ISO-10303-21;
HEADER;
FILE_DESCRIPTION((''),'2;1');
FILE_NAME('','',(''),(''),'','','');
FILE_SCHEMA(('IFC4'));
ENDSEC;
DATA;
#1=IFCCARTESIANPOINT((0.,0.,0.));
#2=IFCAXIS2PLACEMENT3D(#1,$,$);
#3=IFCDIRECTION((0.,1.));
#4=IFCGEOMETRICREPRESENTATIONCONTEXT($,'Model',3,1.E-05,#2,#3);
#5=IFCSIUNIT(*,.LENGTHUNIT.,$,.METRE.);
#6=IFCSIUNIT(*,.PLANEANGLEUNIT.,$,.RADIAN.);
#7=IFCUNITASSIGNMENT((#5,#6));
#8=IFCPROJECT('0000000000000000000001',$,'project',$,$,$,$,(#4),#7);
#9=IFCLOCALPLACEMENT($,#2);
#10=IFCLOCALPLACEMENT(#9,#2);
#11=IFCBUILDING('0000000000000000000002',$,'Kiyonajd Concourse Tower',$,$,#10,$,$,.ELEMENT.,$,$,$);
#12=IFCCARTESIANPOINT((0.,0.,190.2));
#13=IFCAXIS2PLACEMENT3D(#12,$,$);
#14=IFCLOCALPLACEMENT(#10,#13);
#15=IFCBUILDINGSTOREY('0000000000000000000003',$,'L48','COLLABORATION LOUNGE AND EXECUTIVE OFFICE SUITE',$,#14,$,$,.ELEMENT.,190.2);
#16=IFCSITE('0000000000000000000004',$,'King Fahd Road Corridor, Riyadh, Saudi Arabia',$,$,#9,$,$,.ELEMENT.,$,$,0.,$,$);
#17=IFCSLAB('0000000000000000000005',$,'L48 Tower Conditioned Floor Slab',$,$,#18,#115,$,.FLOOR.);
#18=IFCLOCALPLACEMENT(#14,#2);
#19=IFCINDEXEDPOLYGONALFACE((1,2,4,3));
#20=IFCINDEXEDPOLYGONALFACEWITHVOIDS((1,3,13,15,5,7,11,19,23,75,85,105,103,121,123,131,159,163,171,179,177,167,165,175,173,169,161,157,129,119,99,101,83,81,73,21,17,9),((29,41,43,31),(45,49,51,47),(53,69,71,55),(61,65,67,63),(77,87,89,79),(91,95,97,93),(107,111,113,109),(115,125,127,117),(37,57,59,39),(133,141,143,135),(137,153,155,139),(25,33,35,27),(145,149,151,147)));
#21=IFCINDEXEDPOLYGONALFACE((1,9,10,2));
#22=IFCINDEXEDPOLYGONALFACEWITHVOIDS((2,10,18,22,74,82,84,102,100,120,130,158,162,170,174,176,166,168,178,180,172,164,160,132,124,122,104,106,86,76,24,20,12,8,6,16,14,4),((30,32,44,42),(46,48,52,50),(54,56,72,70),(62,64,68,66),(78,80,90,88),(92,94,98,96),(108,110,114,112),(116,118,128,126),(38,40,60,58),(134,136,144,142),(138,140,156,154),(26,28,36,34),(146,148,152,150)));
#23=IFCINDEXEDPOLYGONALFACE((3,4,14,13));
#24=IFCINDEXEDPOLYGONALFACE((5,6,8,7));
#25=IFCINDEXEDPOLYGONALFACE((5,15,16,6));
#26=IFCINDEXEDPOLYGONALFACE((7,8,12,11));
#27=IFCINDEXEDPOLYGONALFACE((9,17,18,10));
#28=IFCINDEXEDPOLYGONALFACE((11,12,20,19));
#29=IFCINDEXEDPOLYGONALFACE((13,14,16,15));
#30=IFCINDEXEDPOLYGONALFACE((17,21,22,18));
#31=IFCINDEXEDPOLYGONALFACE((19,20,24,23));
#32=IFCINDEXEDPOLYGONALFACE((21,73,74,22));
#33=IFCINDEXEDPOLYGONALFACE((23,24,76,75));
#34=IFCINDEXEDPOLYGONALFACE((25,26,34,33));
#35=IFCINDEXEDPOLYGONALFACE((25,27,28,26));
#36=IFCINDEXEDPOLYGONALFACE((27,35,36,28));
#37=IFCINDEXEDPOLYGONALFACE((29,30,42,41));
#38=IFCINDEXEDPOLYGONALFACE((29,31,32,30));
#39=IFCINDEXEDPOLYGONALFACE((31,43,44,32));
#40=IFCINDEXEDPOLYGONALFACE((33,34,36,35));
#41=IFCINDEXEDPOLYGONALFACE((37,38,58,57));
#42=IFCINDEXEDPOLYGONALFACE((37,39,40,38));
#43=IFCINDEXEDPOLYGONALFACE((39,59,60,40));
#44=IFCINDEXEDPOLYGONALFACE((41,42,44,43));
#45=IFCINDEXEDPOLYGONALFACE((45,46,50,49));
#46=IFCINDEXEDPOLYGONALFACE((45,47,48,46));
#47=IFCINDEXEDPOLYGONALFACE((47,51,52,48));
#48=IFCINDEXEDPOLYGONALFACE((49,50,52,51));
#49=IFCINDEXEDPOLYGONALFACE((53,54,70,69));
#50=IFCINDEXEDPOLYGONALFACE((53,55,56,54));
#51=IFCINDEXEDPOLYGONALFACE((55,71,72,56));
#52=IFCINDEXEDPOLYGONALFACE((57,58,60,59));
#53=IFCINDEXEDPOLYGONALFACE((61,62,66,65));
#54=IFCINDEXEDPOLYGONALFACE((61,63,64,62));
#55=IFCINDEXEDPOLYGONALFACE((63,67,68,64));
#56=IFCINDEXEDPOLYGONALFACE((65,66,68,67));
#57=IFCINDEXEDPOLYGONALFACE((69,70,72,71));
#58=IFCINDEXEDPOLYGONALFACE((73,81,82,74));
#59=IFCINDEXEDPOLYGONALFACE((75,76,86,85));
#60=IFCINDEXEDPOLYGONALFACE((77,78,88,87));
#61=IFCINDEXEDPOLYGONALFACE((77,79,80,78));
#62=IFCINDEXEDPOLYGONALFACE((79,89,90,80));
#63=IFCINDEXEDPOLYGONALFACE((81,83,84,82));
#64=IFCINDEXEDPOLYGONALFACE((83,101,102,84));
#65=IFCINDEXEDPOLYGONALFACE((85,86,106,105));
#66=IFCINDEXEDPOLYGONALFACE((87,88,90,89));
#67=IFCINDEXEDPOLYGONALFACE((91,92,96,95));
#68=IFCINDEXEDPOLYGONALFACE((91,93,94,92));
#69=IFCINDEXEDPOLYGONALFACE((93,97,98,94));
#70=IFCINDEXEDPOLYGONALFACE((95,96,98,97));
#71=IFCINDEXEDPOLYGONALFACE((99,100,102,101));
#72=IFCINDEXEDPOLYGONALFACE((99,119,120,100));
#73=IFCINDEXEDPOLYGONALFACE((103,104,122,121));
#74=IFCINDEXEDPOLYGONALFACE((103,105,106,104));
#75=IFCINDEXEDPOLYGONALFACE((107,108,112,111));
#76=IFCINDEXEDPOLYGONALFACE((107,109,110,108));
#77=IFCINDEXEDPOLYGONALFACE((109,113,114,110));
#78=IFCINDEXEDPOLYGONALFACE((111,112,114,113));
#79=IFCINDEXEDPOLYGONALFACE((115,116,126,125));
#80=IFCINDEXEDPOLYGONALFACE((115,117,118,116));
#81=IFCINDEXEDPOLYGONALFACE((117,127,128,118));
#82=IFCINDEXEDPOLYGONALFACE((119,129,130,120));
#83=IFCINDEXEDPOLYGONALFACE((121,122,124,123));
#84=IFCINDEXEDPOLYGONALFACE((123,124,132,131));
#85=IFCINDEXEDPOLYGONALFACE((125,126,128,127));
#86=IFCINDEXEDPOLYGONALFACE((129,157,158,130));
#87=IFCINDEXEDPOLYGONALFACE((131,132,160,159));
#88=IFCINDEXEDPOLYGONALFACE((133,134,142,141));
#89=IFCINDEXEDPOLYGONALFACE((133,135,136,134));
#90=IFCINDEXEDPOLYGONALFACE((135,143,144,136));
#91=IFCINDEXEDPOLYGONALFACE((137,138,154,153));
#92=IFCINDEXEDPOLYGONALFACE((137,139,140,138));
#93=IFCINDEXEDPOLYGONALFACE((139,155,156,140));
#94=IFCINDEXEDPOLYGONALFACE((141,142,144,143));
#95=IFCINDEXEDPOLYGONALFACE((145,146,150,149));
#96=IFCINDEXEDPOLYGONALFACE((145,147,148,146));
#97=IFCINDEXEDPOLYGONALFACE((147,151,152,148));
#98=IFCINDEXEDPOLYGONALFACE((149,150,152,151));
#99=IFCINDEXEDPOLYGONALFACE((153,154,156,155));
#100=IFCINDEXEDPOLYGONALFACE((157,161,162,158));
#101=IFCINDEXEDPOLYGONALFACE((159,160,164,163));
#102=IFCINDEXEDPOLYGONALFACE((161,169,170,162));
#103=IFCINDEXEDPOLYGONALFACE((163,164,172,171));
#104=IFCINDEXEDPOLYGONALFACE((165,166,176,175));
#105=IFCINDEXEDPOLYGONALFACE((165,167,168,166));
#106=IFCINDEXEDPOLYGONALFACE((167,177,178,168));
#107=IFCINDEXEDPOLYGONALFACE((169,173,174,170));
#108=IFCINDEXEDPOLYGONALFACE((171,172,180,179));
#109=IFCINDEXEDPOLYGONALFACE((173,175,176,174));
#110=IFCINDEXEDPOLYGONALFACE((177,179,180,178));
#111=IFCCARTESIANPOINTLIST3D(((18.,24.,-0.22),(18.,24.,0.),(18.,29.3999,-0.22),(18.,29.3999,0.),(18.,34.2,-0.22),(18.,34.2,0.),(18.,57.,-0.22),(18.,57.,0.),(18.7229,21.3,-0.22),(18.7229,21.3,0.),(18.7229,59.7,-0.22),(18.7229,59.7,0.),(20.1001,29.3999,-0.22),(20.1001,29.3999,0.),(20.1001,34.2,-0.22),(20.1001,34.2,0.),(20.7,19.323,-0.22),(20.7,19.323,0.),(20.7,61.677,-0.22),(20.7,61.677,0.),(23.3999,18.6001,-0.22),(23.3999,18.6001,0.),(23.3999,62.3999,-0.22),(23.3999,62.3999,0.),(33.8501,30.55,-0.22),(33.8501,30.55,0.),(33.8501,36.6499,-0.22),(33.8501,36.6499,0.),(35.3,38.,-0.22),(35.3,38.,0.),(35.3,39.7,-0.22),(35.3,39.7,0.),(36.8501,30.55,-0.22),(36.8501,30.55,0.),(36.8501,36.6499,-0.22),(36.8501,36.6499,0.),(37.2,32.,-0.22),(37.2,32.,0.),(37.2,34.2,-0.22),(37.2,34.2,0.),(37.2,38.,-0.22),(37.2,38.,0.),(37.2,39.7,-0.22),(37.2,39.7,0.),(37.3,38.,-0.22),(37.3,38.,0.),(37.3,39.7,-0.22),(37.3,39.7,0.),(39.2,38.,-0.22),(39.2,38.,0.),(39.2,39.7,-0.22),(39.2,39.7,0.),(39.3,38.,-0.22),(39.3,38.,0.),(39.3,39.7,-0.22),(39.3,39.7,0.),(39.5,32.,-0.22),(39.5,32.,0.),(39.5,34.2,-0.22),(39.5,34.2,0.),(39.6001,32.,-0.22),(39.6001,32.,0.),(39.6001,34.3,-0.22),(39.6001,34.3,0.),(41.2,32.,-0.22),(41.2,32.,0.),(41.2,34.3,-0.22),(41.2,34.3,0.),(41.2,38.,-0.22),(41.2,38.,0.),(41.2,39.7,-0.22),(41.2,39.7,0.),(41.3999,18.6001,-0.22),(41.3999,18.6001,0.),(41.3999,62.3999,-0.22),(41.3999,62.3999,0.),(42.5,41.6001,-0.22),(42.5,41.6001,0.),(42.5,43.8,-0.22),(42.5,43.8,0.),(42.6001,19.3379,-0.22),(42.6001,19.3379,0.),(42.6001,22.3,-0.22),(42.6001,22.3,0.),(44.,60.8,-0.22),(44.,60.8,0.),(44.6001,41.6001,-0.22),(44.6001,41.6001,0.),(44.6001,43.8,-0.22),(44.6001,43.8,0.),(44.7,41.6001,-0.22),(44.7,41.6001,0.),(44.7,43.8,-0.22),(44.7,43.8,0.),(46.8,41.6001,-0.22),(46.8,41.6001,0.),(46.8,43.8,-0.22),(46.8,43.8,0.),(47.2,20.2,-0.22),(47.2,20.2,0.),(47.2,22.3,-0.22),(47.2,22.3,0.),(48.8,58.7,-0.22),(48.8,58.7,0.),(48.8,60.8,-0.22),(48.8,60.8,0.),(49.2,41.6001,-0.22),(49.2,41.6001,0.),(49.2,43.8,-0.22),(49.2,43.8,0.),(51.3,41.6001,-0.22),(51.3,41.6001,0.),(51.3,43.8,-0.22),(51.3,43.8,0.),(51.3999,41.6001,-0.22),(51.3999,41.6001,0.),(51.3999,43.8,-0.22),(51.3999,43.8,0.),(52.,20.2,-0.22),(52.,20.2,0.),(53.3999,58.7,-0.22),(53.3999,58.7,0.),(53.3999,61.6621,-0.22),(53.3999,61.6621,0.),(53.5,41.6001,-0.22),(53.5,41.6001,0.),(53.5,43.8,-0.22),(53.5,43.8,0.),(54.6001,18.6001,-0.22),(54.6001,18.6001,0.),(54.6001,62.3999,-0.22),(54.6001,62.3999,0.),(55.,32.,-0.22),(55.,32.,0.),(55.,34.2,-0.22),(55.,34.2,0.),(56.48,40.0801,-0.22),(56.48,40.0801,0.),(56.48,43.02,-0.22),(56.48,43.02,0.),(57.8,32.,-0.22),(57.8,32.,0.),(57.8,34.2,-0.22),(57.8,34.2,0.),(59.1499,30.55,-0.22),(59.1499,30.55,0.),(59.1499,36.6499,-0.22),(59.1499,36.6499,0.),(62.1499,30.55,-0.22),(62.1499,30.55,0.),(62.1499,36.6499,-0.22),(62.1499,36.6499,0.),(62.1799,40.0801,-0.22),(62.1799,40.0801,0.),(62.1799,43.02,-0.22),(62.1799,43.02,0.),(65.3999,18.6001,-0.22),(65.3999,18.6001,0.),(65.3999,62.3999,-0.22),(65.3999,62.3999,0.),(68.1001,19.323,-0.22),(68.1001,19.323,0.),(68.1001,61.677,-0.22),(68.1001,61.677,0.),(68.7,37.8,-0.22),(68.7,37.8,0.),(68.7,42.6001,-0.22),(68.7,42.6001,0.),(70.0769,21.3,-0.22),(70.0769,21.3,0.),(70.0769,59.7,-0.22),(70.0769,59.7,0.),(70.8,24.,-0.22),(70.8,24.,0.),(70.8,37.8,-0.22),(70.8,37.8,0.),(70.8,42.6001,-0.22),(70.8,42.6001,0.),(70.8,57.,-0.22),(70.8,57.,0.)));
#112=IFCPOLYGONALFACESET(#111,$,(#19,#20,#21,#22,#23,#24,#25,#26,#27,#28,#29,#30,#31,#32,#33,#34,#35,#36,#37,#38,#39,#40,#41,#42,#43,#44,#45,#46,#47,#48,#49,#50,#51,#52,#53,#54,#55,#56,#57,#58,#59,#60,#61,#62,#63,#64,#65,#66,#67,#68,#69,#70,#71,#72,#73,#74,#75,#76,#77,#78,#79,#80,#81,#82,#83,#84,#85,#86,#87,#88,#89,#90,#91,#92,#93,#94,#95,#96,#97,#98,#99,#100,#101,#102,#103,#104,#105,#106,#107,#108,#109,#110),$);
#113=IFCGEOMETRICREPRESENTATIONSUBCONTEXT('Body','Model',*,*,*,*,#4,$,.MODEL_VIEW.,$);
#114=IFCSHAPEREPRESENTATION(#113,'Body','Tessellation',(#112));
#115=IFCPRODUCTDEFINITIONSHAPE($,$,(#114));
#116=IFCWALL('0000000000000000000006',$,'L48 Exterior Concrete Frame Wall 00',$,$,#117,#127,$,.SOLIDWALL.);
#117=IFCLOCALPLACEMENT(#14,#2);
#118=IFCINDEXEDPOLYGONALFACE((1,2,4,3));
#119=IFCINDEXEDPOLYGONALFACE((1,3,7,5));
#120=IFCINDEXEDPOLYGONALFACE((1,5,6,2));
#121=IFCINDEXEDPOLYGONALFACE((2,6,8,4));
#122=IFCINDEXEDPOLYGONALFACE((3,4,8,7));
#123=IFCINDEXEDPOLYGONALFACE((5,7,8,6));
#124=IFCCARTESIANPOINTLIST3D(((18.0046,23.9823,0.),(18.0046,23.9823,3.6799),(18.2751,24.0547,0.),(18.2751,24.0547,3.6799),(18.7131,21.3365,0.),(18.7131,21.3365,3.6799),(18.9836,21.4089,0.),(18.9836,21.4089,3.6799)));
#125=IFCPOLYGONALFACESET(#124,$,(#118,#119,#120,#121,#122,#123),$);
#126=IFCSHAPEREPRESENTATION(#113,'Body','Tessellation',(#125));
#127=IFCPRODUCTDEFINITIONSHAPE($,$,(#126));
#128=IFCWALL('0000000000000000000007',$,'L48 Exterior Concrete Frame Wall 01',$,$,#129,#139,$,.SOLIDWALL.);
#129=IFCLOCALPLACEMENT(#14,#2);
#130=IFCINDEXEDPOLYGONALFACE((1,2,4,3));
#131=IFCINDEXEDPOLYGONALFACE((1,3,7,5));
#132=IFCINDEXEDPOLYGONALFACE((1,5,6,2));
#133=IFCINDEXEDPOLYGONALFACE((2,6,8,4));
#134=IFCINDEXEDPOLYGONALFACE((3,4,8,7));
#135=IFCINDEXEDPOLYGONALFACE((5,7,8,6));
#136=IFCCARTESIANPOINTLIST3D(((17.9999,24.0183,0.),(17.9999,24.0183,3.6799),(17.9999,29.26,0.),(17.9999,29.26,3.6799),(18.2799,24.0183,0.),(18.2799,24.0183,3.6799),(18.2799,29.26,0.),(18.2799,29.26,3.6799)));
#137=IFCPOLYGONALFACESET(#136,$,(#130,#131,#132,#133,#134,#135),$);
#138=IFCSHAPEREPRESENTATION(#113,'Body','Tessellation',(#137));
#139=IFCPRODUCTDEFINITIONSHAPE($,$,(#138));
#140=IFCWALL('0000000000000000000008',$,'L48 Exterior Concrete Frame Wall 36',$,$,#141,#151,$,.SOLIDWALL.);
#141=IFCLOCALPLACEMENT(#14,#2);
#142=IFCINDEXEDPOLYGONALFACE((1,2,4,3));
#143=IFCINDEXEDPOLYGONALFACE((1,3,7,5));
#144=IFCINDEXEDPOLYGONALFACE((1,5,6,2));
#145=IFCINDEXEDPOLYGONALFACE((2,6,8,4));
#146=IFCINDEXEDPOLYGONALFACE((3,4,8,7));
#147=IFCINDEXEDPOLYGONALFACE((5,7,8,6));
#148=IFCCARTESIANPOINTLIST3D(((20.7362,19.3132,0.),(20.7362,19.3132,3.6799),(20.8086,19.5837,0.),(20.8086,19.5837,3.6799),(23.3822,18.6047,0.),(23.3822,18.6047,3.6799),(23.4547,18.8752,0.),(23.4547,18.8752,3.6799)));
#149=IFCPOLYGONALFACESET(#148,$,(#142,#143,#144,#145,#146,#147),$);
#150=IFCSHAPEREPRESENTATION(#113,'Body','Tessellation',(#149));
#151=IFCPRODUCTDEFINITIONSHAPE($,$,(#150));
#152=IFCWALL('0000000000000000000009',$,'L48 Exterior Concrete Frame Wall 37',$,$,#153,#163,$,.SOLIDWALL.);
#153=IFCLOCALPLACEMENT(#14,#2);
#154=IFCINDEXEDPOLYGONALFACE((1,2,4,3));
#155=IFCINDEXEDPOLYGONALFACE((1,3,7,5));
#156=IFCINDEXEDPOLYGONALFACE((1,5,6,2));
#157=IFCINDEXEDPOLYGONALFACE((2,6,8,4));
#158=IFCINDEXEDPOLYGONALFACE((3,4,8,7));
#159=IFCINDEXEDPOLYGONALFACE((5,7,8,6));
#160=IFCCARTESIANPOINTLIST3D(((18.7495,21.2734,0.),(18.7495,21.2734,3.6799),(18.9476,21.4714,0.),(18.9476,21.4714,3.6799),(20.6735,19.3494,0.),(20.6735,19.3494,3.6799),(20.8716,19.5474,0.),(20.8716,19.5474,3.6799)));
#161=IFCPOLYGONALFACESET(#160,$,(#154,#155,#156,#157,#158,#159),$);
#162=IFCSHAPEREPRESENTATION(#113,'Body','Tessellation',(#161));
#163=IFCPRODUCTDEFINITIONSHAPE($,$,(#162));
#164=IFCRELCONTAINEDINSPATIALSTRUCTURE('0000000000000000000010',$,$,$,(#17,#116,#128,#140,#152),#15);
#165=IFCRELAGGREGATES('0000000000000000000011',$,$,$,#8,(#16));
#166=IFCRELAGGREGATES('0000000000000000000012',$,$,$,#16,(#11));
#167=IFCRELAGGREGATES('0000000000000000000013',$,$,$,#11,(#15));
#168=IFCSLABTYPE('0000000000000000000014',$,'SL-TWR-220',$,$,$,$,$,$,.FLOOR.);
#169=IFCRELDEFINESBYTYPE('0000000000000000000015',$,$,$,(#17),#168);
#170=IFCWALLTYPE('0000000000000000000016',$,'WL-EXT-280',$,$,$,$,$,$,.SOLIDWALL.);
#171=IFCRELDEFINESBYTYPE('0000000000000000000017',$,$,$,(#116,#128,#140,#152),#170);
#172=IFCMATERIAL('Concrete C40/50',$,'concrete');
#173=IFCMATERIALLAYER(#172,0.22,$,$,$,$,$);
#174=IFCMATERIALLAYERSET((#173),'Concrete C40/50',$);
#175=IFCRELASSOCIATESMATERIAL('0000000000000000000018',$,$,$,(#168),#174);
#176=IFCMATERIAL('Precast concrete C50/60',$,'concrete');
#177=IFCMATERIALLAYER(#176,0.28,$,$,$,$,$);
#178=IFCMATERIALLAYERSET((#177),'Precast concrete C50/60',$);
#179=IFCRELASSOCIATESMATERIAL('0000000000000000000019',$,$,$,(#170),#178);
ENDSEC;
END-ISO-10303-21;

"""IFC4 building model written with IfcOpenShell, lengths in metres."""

from ifc_helpers import new_model, si_unit, direction, frame, frame_2d, origin, place, context, subcontext, project, spatial, polyline, rectangle, outline, extrude, material, layer, layer_set, type_object, element, save


model = new_model("IFC4")

# Units and contexts
model_context = context("Model", 3, precision=1e-05, world=origin(), true_north=direction((0.0, 1.0)))
body_context = subcontext(model_context, "Body", "Model", "MODEL_VIEW")
ifc_project = project(units=[si_unit("LENGTHUNIT", "METRE"), si_unit("PLANEANGLEUNIT", "RADIAN")], contexts=[model_context])

# Site, building, storey
site_placement = place(None, origin())
site = spatial("IfcSite", under=ifc_project, at=site_placement, Name="King Fahd Road Corridor, Riyadh, Saudi Arabia", CompositionType="ELEMENT", RefElevation=0.0)
building_placement = place(site_placement, origin())
building = spatial("IfcBuilding", under=site, at=building_placement, Name="Kiyonajd Concourse Tower", CompositionType="ELEMENT")
storey_placement = place(building_placement, frame((0.0, 0.0, 190.2)))
storey = spatial("IfcBuildingStorey", under=building, at=storey_placement, Name="L48", Description="COLLABORATION LOUNGE AND EXECUTIVE OFFICE SUITE", CompositionType="ELEMENT", Elevation=190.2)

# Shared definitions
ifc_material_1 = material(Name="Concrete C40/50", Category="concrete")

# Slab
ifc_material_2 = material(Name="Precast concrete C50/60", Category="concrete")
ifc_layer_1 = layer(ifc_material_1, 0.22)
ifc_layer_set_1 = layer_set([ifc_layer_1], Name="Concrete C40/50")
slab_type_1 = type_object("IfcSlabType", Name="SL-TWR-220", PredefinedType="FLOOR", material=ifc_layer_set_1)
slab_1_placement = place(storey_placement, frame((0.0, 0.0, -0.22)))
element("IfcSlab", 1, at=slab_1_placement, inside=storey, type_object=slab_type_1, Name="L48 Tower Conditioned Floor Slab", PredefinedType="FLOOR", context=body_context, shape_type="SweptSolid", body=[
    extrude(outline(polyline([(18.7229, 21.3), (18.0, 24.0), (18.0, 29.3999), (20.1001, 29.3999), (20.1001, 34.2), (18.0, 34.2), (18.0, 57.0), (18.7229, 59.7), (20.7, 61.677), (23.3999, 62.3999), (41.3999, 62.3999), (44.0, 60.8), (48.8, 60.8), (48.8, 58.7), (53.3999, 58.7), (53.3999, 61.6621), (54.6001, 62.3999), (65.3999, 62.3999), (68.1001, 61.677), (70.0769, 59.7), (70.8, 57.0), (70.8, 42.6001), (68.7, 42.6001), (68.7, 37.8), (70.8, 37.8), (70.8, 24.0), (70.0769, 21.3), (68.1001, 19.323), (65.3999, 18.6001), (54.6001, 18.6001), (52.0, 20.2), (47.2, 20.2), (47.2, 22.3), (42.6001, 22.3), (42.6001, 19.3379), (41.3999, 18.6001), (23.3999, 18.6001), (20.7, 19.323), (18.7229, 21.3)]), holes=[polyline([(39.5, 32.0), (37.2, 32.0), (37.2, 34.2), (39.5, 34.2), (39.5, 32.0)]), polyline([(39.6001, 32.0), (39.6001, 34.3), (41.2, 34.3), (41.2, 32.0), (39.6001, 32.0)]), polyline([(33.8501, 30.55), (33.8501, 36.6499), (36.8501, 36.6499), (36.8501, 30.55), (33.8501, 30.55)]), polyline([(37.2, 38.0), (35.3, 38.0), (35.3, 39.7), (37.2, 39.7), (37.2, 38.0)]), polyline([(37.3, 38.0), (37.3, 39.7), (39.2, 39.7), (39.2, 38.0), (37.3, 38.0)]), polyline([(39.3, 38.0), (39.3, 39.7), (41.2, 39.7), (41.2, 38.0), (39.3, 38.0)]), polyline([(44.6001, 41.6001), (42.5, 41.6001), (42.5, 43.8), (44.6001, 43.8), (44.6001, 41.6001)]), polyline([(55.0, 32.0), (55.0, 34.2), (57.8, 34.2), (57.8, 32.0), (55.0, 32.0)]), polyline([(59.1499, 30.55), (59.1499, 36.6499), (62.1499, 36.6499), (62.1499, 30.55), (59.1499, 30.55)]), polyline([(56.48, 43.02), (62.1799, 43.02), (62.1799, 40.0801), (56.48, 40.0801), (56.48, 43.02)]), polyline([(44.7, 41.6001), (44.7, 43.8), (46.8, 43.8), (46.8, 41.6001), (44.7, 41.6001)]), polyline([(49.2, 41.6001), (49.2, 43.8), (51.3, 43.8), (51.3, 41.6001), (49.2, 41.6001)]), polyline([(51.3999, 41.6001), (51.3999, 43.8), (53.5, 43.8), (53.5, 41.6001), (51.3999, 41.6001)])]), origin(), (0.0, 0.0, 1.0), 0.22),
])

# Walls
ifc_layer_2 = layer(ifc_material_2, 0.28)
ifc_layer_set_2 = layer_set([ifc_layer_2], Name="Precast concrete C50/60")
wall_type = type_object("IfcWallType", Name="WL-EXT-280", PredefinedType="SOLIDWALL", material=ifc_layer_set_2)
wall_1_placement = place(storey_placement, frame((18.8484, 21.3726, 0.0), z_axis=(0.0, 0.0, 1.0), x_axis=(-0.258672, 0.965965, 0.0)))
element("IfcWall", 2, at=wall_1_placement, inside=storey, type_object=wall_type, Name="L48 Exterior Concrete Frame Wall 00", PredefinedType="SOLIDWALL", context=body_context, shape_type="SweptSolid", body=[
    extrude(rectangle(XDim=2.739, YDim=0.28, at=frame_2d((1.3696, 0.0))), origin(), (0.0, 0.0, 1.0), 3.6799),
])
wall_2_placement = place(storey_placement, frame((18.1399, 24.0183, 0.0), z_axis=(0.0, 0.0, 1.0), x_axis=(0.0, 1.0, 0.0)))
element("IfcWall", 3, at=wall_2_placement, inside=storey, type_object=wall_type, Name="L48 Exterior Concrete Frame Wall 01", PredefinedType="SOLIDWALL", context=body_context, shape_type="SweptSolid", body=[
    extrude(rectangle(XDim=5.2417, YDim=0.28, at=frame_2d((2.6208, 0.0))), origin(), (0.0, 0.0, 1.0), 3.6799),
])
wall_3_placement = place(storey_placement, frame((23.4185, 18.74, 0.0), z_axis=(0.0, 0.0, 1.0), x_axis=(-0.965971, 0.25865, 0.0)))
element("IfcWall", 4, at=wall_3_placement, inside=storey, type_object=wall_type, Name="L48 Exterior Concrete Frame Wall 36", PredefinedType="SOLIDWALL", context=body_context, shape_type="SweptSolid", body=[
    extrude(rectangle(XDim=2.7393, YDim=0.28, at=frame_2d((1.3696, 0.0))), origin(), (0.0, 0.0, 1.0), 3.6799),
])
wall_4_placement = place(storey_placement, frame((20.7725, 19.4485, 0.0), z_axis=(0.0, 0.0, 1.0), x_axis=(-0.707107, 0.707107, 0.0)))
element("IfcWall", 5, at=wall_4_placement, inside=storey, type_object=wall_type, Name="L48 Exterior Concrete Frame Wall 37", PredefinedType="SOLIDWALL", context=body_context, shape_type="SweptSolid", body=[
    extrude(rectangle(XDim=2.7209, YDim=0.28, at=frame_2d((1.3604, 0.0))), origin(), (0.0, 0.0, 1.0), 3.6799),
])

save(model, "model.ifc")
